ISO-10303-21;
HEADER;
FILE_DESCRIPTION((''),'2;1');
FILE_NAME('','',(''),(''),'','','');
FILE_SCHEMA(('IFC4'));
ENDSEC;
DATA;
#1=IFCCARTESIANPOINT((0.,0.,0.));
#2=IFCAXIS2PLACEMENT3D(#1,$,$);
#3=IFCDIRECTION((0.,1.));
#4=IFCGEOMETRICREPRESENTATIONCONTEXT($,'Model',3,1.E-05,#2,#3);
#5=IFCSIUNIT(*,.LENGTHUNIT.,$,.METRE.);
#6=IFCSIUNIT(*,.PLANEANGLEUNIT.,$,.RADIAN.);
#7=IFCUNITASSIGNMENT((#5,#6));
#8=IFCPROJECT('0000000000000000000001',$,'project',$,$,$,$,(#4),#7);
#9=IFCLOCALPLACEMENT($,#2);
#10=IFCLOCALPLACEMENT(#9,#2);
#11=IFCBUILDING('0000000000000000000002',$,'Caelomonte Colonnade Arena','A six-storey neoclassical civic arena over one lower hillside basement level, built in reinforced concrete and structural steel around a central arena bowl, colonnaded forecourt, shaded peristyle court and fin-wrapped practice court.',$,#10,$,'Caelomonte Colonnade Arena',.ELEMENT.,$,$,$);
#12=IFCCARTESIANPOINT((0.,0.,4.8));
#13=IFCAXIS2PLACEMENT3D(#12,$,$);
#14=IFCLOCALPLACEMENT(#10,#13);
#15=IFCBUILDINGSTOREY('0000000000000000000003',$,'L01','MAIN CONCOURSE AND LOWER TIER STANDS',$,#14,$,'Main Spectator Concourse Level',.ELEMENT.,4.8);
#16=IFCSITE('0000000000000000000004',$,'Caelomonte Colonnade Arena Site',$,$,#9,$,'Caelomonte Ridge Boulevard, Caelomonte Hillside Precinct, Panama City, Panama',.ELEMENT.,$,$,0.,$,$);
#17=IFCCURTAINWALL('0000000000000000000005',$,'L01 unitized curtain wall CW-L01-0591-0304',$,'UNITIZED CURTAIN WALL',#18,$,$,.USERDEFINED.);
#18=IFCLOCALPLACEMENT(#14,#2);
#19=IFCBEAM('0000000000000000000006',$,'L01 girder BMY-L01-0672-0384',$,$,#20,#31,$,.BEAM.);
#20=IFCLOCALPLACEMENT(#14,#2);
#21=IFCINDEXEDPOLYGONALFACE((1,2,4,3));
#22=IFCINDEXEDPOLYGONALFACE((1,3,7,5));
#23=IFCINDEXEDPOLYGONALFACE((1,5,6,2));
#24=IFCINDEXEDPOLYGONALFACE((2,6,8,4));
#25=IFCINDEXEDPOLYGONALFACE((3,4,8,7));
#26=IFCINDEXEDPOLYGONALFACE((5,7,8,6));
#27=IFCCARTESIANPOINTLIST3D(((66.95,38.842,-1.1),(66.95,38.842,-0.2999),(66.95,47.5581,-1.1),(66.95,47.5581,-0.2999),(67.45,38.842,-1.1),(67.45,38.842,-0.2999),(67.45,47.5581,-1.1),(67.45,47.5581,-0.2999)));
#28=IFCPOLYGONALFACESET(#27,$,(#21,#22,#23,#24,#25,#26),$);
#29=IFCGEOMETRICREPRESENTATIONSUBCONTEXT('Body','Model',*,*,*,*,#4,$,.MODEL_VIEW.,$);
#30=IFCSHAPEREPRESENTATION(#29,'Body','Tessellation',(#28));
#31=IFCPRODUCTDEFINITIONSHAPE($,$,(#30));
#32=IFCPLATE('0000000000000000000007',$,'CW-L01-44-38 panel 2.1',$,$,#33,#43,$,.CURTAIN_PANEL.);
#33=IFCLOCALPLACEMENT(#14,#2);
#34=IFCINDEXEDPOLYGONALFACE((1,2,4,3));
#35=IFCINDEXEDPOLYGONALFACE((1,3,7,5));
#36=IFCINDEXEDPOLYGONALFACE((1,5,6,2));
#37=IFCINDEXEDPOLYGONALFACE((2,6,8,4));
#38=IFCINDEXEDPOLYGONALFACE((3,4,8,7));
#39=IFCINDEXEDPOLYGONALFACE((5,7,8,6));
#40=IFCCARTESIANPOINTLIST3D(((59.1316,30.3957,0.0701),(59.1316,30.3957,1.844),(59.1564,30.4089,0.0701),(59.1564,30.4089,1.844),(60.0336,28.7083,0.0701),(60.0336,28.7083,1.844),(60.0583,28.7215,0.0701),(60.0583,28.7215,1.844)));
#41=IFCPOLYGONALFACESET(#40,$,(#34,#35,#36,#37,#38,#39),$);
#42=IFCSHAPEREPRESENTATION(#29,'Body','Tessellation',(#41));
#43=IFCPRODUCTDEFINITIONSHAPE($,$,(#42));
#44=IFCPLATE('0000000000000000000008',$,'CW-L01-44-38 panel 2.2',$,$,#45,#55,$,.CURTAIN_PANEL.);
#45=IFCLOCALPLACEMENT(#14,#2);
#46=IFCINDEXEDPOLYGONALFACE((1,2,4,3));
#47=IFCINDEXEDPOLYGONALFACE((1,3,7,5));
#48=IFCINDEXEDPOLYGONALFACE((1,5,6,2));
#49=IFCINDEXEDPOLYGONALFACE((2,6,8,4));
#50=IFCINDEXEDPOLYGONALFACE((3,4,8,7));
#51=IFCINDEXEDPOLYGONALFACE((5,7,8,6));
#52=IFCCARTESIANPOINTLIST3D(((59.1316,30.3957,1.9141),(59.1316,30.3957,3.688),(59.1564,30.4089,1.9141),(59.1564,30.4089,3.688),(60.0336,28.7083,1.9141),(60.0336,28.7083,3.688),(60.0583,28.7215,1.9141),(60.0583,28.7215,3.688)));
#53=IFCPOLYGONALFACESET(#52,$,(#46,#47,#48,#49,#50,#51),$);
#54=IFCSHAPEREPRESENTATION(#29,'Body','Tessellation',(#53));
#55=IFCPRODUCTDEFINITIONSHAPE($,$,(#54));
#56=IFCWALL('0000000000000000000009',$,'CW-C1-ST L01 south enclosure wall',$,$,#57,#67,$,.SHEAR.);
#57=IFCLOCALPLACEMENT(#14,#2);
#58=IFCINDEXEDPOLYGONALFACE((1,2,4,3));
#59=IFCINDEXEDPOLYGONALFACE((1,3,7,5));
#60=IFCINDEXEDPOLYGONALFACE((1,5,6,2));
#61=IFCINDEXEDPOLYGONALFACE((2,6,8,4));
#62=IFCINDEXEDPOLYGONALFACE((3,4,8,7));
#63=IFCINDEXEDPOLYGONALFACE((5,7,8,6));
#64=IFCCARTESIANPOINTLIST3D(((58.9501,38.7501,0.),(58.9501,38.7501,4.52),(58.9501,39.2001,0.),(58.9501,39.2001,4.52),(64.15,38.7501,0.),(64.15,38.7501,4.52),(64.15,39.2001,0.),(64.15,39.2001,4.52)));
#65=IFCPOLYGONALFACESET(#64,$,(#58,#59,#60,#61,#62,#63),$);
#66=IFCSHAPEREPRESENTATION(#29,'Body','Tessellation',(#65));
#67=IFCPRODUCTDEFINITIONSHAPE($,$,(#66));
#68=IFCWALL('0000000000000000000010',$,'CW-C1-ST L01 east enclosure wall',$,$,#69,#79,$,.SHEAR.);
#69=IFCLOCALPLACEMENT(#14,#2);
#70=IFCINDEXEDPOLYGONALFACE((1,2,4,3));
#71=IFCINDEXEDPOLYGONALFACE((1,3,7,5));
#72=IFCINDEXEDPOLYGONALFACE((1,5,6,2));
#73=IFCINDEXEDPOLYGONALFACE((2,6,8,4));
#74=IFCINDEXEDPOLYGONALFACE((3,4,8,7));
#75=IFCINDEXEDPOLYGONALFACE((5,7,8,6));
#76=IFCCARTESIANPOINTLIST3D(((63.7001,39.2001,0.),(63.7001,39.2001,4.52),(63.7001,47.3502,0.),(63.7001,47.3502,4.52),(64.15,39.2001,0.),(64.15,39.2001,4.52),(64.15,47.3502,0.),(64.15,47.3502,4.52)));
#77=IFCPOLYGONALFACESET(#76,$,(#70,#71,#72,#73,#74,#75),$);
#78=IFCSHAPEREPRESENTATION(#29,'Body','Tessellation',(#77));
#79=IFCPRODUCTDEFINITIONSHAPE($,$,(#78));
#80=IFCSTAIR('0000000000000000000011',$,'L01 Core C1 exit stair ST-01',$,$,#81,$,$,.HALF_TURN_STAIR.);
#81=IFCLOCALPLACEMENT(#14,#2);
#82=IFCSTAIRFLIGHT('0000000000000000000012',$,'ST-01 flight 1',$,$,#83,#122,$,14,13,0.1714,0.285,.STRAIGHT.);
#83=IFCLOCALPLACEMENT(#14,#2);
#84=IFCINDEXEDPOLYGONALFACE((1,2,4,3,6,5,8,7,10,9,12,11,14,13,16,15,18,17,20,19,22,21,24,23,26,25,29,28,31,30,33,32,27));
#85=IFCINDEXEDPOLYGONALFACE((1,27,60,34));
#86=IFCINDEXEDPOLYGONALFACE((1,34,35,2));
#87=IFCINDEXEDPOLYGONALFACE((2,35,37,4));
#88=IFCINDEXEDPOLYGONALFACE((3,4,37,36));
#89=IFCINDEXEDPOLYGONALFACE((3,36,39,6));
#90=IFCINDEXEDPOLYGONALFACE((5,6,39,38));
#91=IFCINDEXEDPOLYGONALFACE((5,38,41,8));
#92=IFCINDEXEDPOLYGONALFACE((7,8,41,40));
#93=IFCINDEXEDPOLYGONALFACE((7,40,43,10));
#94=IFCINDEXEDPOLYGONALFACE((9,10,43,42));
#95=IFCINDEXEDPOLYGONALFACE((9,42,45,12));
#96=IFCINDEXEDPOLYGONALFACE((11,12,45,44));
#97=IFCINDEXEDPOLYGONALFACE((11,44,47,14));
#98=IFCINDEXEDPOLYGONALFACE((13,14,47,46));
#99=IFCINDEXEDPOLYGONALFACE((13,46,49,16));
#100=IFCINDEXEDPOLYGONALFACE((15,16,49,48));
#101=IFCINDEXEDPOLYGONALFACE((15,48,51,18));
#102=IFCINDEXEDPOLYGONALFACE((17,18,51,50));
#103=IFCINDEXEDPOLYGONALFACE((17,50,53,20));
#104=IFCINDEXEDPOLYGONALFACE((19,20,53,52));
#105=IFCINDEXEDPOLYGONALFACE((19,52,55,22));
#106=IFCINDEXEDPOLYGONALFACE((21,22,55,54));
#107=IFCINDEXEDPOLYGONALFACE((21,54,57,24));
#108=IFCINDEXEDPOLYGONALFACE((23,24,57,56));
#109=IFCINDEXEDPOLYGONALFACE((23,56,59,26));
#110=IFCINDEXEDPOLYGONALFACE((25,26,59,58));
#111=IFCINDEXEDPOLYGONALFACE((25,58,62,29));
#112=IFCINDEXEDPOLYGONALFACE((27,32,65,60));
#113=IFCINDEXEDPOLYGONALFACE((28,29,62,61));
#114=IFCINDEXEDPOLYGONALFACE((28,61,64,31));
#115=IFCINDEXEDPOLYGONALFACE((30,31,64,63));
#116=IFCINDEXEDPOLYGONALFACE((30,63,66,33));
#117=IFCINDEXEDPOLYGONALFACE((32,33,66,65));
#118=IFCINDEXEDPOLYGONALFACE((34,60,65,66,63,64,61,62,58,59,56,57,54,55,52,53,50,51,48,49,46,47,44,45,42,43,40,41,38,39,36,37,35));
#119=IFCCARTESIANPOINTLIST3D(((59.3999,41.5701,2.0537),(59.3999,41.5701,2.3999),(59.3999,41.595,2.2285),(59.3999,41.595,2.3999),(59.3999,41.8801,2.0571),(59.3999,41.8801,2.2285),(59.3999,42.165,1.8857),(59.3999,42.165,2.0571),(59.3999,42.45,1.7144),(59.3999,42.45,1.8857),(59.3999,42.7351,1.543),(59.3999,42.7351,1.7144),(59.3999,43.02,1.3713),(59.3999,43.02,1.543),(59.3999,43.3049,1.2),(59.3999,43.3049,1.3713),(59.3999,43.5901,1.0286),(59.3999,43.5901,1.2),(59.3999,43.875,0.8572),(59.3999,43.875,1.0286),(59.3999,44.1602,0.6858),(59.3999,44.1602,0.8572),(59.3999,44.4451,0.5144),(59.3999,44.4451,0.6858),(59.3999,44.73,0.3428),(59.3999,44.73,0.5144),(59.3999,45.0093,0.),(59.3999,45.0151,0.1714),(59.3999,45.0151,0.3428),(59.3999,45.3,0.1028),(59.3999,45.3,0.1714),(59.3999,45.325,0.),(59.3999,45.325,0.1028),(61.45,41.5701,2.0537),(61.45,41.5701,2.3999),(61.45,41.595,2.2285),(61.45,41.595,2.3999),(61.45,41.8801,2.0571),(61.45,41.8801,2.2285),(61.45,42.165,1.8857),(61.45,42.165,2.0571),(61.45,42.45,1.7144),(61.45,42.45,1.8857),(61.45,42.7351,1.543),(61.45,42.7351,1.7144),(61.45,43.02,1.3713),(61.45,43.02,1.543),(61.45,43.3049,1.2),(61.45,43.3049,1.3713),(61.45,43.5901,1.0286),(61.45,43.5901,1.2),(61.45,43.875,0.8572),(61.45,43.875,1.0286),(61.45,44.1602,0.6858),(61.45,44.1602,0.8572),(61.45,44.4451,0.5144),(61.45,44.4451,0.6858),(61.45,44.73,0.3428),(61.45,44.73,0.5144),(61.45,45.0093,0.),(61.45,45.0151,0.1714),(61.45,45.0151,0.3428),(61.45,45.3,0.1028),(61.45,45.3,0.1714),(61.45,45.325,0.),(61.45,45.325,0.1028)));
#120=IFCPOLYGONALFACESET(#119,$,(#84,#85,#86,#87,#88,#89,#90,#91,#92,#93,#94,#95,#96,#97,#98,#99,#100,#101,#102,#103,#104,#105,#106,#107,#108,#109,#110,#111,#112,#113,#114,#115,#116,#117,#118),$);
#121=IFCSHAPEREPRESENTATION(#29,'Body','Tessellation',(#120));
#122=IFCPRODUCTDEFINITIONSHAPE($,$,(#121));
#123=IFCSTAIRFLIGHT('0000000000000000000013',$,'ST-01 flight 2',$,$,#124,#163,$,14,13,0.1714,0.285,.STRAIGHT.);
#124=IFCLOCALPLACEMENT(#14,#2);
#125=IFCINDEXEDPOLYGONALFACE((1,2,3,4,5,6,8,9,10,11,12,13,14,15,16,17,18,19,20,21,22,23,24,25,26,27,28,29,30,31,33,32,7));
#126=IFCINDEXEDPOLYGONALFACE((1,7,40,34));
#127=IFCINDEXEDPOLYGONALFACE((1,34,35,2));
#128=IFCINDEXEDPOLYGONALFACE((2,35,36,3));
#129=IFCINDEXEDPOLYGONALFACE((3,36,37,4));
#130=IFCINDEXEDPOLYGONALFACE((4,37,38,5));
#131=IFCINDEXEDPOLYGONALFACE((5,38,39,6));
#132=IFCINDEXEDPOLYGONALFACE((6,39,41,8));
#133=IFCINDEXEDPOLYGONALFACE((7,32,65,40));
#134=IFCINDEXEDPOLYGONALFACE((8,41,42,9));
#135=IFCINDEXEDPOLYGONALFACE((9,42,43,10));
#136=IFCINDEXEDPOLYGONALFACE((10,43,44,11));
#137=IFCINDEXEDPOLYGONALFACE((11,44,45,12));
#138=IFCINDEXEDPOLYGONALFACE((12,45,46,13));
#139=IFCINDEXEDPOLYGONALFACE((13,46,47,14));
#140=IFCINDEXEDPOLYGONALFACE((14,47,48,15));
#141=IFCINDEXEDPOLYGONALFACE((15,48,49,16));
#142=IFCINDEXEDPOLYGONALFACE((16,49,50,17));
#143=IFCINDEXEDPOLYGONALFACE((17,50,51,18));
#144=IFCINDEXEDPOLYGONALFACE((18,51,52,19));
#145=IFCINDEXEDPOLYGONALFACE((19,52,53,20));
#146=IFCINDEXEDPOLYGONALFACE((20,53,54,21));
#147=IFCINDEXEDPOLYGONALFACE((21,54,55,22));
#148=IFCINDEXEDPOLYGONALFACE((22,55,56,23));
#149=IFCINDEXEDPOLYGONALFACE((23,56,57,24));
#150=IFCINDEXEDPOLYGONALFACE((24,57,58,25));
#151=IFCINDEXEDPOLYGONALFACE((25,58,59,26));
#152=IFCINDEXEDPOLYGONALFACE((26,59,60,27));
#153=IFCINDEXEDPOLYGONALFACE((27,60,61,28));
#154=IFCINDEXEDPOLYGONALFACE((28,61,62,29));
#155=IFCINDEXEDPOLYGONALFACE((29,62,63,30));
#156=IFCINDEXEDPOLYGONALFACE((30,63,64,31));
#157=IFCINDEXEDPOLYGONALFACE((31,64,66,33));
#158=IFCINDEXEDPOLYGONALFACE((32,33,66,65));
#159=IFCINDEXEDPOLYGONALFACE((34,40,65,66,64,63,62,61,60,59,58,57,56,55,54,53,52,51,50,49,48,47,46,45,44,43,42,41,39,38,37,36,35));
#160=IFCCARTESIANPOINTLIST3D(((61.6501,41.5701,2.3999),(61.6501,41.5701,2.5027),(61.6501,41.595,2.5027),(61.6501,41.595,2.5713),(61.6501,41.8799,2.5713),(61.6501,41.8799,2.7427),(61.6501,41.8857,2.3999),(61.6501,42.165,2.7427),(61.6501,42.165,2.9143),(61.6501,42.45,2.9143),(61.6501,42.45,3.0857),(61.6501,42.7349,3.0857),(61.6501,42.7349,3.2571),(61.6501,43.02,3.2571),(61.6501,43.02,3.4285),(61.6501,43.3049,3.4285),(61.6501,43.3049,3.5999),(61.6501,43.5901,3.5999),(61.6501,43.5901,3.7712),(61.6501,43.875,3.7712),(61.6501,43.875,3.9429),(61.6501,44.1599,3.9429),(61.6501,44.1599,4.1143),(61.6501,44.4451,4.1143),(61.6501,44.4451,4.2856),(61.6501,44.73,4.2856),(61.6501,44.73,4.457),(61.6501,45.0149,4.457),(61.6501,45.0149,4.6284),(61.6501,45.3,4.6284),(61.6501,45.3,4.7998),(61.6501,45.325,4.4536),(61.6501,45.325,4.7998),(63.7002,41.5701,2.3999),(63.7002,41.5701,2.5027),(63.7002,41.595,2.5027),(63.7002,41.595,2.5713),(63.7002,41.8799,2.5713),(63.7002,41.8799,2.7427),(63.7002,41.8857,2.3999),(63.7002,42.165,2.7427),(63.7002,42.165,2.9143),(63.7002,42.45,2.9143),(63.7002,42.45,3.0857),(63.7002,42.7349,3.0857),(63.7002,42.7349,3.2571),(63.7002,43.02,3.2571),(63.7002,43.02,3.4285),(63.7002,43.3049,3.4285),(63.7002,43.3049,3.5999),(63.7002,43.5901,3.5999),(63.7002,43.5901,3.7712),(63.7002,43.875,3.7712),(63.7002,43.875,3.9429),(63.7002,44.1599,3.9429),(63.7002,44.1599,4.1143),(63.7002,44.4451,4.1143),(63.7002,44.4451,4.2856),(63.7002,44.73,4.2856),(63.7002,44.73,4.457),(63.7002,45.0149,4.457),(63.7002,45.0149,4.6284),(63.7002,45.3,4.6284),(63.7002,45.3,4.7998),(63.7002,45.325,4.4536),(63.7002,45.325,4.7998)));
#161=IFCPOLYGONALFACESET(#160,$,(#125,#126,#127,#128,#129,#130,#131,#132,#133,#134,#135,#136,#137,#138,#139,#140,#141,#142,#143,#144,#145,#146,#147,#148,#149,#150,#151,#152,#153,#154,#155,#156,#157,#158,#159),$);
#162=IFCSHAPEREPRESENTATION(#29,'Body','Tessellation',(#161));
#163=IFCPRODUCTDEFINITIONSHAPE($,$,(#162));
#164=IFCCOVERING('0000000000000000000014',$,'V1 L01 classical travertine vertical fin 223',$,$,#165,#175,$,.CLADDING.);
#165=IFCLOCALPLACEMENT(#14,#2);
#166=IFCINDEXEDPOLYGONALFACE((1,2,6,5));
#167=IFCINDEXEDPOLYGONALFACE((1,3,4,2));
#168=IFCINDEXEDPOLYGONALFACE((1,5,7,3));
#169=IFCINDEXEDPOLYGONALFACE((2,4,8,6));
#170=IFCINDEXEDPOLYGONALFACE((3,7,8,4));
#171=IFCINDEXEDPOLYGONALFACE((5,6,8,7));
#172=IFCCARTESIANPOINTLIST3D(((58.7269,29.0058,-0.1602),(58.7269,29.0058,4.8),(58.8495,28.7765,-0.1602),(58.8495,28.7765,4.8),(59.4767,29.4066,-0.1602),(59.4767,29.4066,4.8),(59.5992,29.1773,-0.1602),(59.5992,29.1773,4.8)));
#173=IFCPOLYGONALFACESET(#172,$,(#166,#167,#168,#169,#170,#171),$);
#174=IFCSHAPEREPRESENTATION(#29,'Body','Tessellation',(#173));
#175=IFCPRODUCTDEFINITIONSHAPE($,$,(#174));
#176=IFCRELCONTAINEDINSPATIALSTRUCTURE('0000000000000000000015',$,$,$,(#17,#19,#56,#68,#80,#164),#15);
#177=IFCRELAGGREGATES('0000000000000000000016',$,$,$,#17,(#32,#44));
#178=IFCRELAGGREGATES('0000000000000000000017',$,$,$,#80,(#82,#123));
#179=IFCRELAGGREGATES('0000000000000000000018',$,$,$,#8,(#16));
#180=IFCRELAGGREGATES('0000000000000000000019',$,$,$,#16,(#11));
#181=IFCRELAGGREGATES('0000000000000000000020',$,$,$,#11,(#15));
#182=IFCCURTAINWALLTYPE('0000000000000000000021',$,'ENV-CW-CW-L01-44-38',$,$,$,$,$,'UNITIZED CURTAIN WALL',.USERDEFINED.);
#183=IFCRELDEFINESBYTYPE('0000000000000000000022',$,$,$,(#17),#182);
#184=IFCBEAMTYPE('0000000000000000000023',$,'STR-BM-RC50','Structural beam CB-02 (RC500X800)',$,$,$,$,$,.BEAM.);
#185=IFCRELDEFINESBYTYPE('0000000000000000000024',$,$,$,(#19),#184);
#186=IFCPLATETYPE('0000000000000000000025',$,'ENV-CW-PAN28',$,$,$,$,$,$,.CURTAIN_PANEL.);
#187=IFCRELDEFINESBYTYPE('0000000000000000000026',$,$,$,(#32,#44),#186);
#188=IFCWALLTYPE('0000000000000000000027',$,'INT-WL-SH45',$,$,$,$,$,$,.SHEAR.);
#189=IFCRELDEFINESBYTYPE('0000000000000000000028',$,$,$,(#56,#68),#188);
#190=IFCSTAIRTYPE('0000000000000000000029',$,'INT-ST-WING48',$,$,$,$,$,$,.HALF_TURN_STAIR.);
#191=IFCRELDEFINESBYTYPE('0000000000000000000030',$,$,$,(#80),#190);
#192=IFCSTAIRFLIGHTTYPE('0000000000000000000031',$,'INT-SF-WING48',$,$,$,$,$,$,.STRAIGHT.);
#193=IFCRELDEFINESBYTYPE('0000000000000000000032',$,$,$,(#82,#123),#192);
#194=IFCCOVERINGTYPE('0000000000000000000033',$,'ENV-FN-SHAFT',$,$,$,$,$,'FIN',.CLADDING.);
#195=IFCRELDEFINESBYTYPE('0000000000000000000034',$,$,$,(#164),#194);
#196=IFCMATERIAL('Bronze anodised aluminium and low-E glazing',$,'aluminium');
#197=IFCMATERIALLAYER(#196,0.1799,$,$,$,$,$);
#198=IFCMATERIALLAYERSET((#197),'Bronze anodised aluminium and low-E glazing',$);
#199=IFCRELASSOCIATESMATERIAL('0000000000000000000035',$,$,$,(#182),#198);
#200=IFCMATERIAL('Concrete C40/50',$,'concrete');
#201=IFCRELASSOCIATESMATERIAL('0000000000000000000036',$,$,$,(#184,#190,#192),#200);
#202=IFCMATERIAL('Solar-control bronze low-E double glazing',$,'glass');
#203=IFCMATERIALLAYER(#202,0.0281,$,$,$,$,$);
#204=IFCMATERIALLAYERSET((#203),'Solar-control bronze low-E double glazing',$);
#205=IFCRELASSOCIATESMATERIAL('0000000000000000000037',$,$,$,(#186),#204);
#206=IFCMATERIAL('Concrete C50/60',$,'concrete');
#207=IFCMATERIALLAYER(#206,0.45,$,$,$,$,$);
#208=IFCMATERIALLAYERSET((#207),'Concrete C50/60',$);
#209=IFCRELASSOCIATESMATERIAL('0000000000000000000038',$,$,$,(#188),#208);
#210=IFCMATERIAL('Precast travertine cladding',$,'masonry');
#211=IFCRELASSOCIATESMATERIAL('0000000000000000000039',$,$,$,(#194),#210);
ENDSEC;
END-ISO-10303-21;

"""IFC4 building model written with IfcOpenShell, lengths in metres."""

from ifc_helpers import new_model, si_unit, direction, frame, frame_2d, origin, origin_2d, place, context, subcontext, project, spatial, polyline, rectangle, outline, extrude, material, layer, layer_set, material_profile, profile_set, type_object, element, aggregate, save


model = new_model("IFC4")

# Units and contexts
model_context = context("Model", 3, precision=1e-05, world=origin(), true_north=direction((0.0, 1.0)))
body_context = subcontext(model_context, "Body", "Model", "MODEL_VIEW")
ifc_project = project(units=[si_unit("LENGTHUNIT", "METRE"), si_unit("PLANEANGLEUNIT", "RADIAN")], contexts=[model_context])

# Site, building, storey
site_placement = place(None, origin())
site = spatial("IfcSite", under=ifc_project, at=site_placement, Name="Caelomonte Colonnade Arena Site", LongName="Caelomonte Ridge Boulevard, Caelomonte Hillside Precinct, Panama City, Panama", CompositionType="ELEMENT", RefElevation=0.0)
building_placement = place(site_placement, origin())
building = spatial("IfcBuilding", under=site, at=building_placement, Name="Caelomonte Colonnade Arena", Description="A six-storey neoclassical civic arena over one lower hillside basement level, built in reinforced concrete and structural steel around a central arena bowl, colonnaded forecourt, shaded peristyle court and fin-wrapped practice court.", LongName="Caelomonte Colonnade Arena", CompositionType="ELEMENT")
storey_placement = place(building_placement, frame((0.0, 0.0, 4.8)))
storey = spatial("IfcBuildingStorey", under=building, at=storey_placement, Name="L01", Description="MAIN CONCOURSE AND LOWER TIER STANDS", LongName="Main Spectator Concourse Level", CompositionType="ELEMENT", Elevation=4.8)

# Shared definitions
ifc_material_1 = material(Name="Concrete C50/60", Category="concrete")

# Curtain wall
ifc_material_2 = material(Name="Bronze anodised aluminium and low-E glazing", Category="aluminium")
ifc_layer_1 = layer(ifc_material_2, 0.1799)
ifc_layer_set_1 = layer_set([ifc_layer_1], Name="Bronze anodised aluminium and low-E glazing")
curtain_wall_type = type_object("IfcCurtainWallType", Name="ENV-CW-CW-L01-44-38", ElementType="UNITIZED CURTAIN WALL", PredefinedType="USERDEFINED", material=ifc_layer_set_1)
curtain_wall_placement = place(storey_placement, origin())
curtain_wall = element("IfcCurtainWall", 1, at=curtain_wall_placement, inside=storey, type_object=curtain_wall_type, Name="L01 unitized curtain wall CW-L01-0591-0304", ObjectType="UNITIZED CURTAIN WALL", PredefinedType="USERDEFINED")

# Beam
ifc_material_3 = material(Name="Concrete C40/50", Category="concrete")
ifc_material_profile_1 = material_profile(ifc_material_3, rectangle(XDim=0.5, YDim=0.8, at=origin_2d()), Name="RC500X800")
ifc_profile_set_1 = profile_set([ifc_material_profile_1], Name="Concrete C40/50")
beam_type_1 = type_object("IfcBeamType", Name="STR-BM-RC50", Description="Structural beam CB-02 (RC500X800)", PredefinedType="BEAM", material=ifc_profile_set_1)
beam_1_placement = place(storey_placement, frame((67.2, 38.842, -0.7), z_axis=(0.0, 1.0, 0.0), x_axis=(-1.0, 0.0, 0.0)))
element("IfcBeam", 2, at=beam_1_placement, inside=storey, type_object=beam_type_1, Name="L01 girder BMY-L01-0672-0384", PredefinedType="BEAM", context=body_context, shape_type="SweptSolid", body=[
    extrude(rectangle(XDim=0.5, YDim=0.8, at=origin_2d()), origin(), (0.0, 0.0, 1.0), 8.7161),
])

# Plates
ifc_material_4 = material(Name="Solar-control bronze low-E double glazing", Category="glass")
ifc_layer_2 = layer(ifc_material_4, 0.0281)
ifc_layer_set_2 = layer_set([ifc_layer_2], Name="Solar-control bronze low-E double glazing")
plate_type = type_object("IfcPlateType", Name="ENV-CW-PAN28", PredefinedType="CURTAIN_PANEL", material=ifc_layer_set_2)
plate_1_placement = place(storey_placement, frame((59.595, 29.5586, 0.0701), z_axis=(0.0, 0.0, 1.0), x_axis=(0.471394, -0.881923, 0.0)))
plate_1 = element("IfcPlate", 3, at=plate_1_placement, type_object=plate_type, Name="CW-L01-44-38 panel 2.1", PredefinedType="CURTAIN_PANEL", context=body_context, shape_type="SweptSolid", body=[
    extrude(rectangle(XDim=1.9133, YDim=0.0281, at=origin_2d()), origin(), (0.0, 0.0, 1.0), 1.7739),
])
plate_2_placement = place(storey_placement, frame((59.595, 29.5586, 1.9141), z_axis=(0.0, 0.0, 1.0), x_axis=(0.471394, -0.881923, 0.0)))
plate_2 = element("IfcPlate", 4, at=plate_2_placement, type_object=plate_type, Name="CW-L01-44-38 panel 2.2", PredefinedType="CURTAIN_PANEL", context=body_context, shape_type="SweptSolid", body=[
    extrude(rectangle(XDim=1.9133, YDim=0.0281, at=origin_2d()), origin(), (0.0, 0.0, 1.0), 1.7739),
])
aggregate(curtain_wall, [plate_1, plate_2])

# Walls
ifc_layer_3 = layer(ifc_material_1, 0.45)
ifc_layer_set_3 = layer_set([ifc_layer_3], Name="Concrete C50/60")
wall_type = type_object("IfcWallType", Name="INT-WL-SH45", PredefinedType="SHEAR", material=ifc_layer_set_3)
wall_1_placement = place(storey_placement, frame((58.95, 38.9751, 0.0), z_axis=(0.0, 0.0, 1.0), x_axis=(1.0, 0.0, 0.0)))
element("IfcWall", 5, at=wall_1_placement, inside=storey, type_object=wall_type, Name="CW-C1-ST L01 south enclosure wall", PredefinedType="SHEAR", context=body_context, shape_type="SweptSolid", body=[
    extrude(rectangle(XDim=5.2, YDim=0.45, at=frame_2d((2.6001, 0.0))), origin(), (0.0, 0.0, 1.0), 4.52),
])
wall_2_placement = place(storey_placement, frame((63.925, 39.2, 0.0), z_axis=(0.0, 0.0, 1.0), x_axis=(0.0, 1.0, 0.0)))
element("IfcWall", 6, at=wall_2_placement, inside=storey, type_object=wall_type, Name="CW-C1-ST L01 east enclosure wall", PredefinedType="SHEAR", context=body_context, shape_type="SweptSolid", body=[
    extrude(rectangle(XDim=8.1501, YDim=0.45, at=frame_2d((4.0752, 0.0))), origin(), (0.0, 0.0, 1.0), 4.52),
])

# Stair, stair flights
stair_type = type_object("IfcStairType", Name="INT-ST-WING48", PredefinedType="HALF_TURN_STAIR", material=ifc_material_3)
stair_placement = place(storey_placement, origin())
stair = element("IfcStair", 7, at=stair_placement, inside=storey, type_object=stair_type, Name="L01 Core C1 exit stair ST-01", PredefinedType="HALF_TURN_STAIR")
stair_flight_type = type_object("IfcStairFlightType", Name="INT-SF-WING48", PredefinedType="STRAIGHT", material=ifc_material_3)
stair_flight_1_placement = place(storey_placement, frame((60.425, 45.3, 0.0), z_axis=(0.0, 0.0, 1.0), x_axis=(0.0, -1.0, 0.0)))
stair_flight_1 = element("IfcStairFlight", 8, at=stair_flight_1_placement, type_object=stair_flight_type, Name="ST-01 flight 1", NumberOfRisers=14, NumberOfTreads=13, PredefinedType="STRAIGHT", RiserHeight=0.1714, TreadLength=0.285, context=body_context, shape_type="SweptSolid", body=[
    extrude(outline(polyline([(-0.0249, 0.0), (-0.0249, 0.1028), (0.0, 0.1028), (0.0, 0.1714), (0.2849, 0.1714), (0.2849, 0.3428), (0.5701, 0.3428), (0.5701, 0.5144), (0.855, 0.5144), (0.855, 0.6858), (1.1399, 0.6858), (1.1399, 0.8572), (1.425, 0.8572), (1.425, 1.0286), (1.71, 1.0286), (1.71, 1.2), (1.9951, 1.2), (1.9951, 1.3713), (2.28, 1.3713), (2.28, 1.543), (2.5649, 1.543), (2.5649, 1.7144), (2.8501, 1.7144), (2.8501, 1.8857), (3.135, 1.8857), (3.135, 2.0571), (3.4199, 2.0571), (3.4199, 2.2285), (3.7051, 2.2285), (3.7051, 2.3999), (3.73, 2.3999), (3.73, 2.0537), (0.2908, 0.0), (-0.0249, 0.0)])), frame((0.0, 1.0249, 0.0), z_axis=(0.0, -1.0, 0.0), x_axis=(1.0, 0.0, 0.0)), (0.0, 0.0, 1.0), 2.05),
])
stair_flight_2_placement = place(storey_placement, frame((62.675, 41.595, 2.3999), z_axis=(0.0, 0.0, 1.0), x_axis=(0.0, 1.0, 0.0)))
stair_flight_2 = element("IfcStairFlight", 9, at=stair_flight_2_placement, type_object=stair_flight_type, Name="ST-01 flight 2", NumberOfRisers=14, NumberOfTreads=13, PredefinedType="STRAIGHT", RiserHeight=0.1714, TreadLength=0.285, context=body_context, shape_type="SweptSolid", body=[
    extrude(outline(polyline([(-0.0249, 0.0), (-0.0249, 0.1028), (0.0, 0.1028), (0.0, 0.1714), (0.2849, 0.1714), (0.2849, 0.3428), (0.5701, 0.3428), (0.5701, 0.5144), (0.855, 0.5144), (0.855, 0.6858), (1.1399, 0.6858), (1.1399, 0.8572), (1.425, 0.8572), (1.425, 1.0286), (1.71, 1.0286), (1.71, 1.2), (1.9951, 1.2), (1.9951, 1.3713), (2.28, 1.3713), (2.28, 1.543), (2.5649, 1.543), (2.5649, 1.7144), (2.8501, 1.7144), (2.8501, 1.8857), (3.135, 1.8857), (3.135, 2.0571), (3.4199, 2.0571), (3.4199, 2.2285), (3.7051, 2.2285), (3.7051, 2.3999), (3.73, 2.3999), (3.73, 2.0537), (0.2908, 0.0), (-0.0249, 0.0)])), frame((0.0, 1.0249, 0.0), z_axis=(0.0, -1.0, 0.0), x_axis=(1.0, 0.0, 0.0)), (0.0, 0.0, 1.0), 2.05),
])
aggregate(stair, [stair_flight_1, stair_flight_2])

# Covering
ifc_material_5 = material(Name="Precast travertine cladding", Category="masonry")
ifc_material_profile_2 = material_profile(ifc_material_5, rectangle(XDim=0.26, YDim=0.8501, at=origin_2d()), Name="FIN260X850")
ifc_profile_set_2 = profile_set([ifc_material_profile_2], Name="Precast travertine cladding")
covering_type = type_object("IfcCoveringType", Name="ENV-FN-SHAFT", ElementType="FIN", PredefinedType="CLADDING", material=ifc_profile_set_2)
covering_placement = place(storey_placement, frame((59.1631, 29.0916, -0.1602), z_axis=(0.0, 0.0, 1.0), x_axis=(-0.471397, 0.881921, 0.0)))
element("IfcCovering", 10, at=covering_placement, inside=storey, type_object=covering_type, Name="V1 L01 classical travertine vertical fin 223", PredefinedType="CLADDING", context=body_context, shape_type="SweptSolid", body=[
    extrude(rectangle(XDim=0.26, YDim=0.8501, at=origin_2d()), origin(), (0.0, 0.0, 1.0), 4.9602),
])

save(model, "model.ifc")
